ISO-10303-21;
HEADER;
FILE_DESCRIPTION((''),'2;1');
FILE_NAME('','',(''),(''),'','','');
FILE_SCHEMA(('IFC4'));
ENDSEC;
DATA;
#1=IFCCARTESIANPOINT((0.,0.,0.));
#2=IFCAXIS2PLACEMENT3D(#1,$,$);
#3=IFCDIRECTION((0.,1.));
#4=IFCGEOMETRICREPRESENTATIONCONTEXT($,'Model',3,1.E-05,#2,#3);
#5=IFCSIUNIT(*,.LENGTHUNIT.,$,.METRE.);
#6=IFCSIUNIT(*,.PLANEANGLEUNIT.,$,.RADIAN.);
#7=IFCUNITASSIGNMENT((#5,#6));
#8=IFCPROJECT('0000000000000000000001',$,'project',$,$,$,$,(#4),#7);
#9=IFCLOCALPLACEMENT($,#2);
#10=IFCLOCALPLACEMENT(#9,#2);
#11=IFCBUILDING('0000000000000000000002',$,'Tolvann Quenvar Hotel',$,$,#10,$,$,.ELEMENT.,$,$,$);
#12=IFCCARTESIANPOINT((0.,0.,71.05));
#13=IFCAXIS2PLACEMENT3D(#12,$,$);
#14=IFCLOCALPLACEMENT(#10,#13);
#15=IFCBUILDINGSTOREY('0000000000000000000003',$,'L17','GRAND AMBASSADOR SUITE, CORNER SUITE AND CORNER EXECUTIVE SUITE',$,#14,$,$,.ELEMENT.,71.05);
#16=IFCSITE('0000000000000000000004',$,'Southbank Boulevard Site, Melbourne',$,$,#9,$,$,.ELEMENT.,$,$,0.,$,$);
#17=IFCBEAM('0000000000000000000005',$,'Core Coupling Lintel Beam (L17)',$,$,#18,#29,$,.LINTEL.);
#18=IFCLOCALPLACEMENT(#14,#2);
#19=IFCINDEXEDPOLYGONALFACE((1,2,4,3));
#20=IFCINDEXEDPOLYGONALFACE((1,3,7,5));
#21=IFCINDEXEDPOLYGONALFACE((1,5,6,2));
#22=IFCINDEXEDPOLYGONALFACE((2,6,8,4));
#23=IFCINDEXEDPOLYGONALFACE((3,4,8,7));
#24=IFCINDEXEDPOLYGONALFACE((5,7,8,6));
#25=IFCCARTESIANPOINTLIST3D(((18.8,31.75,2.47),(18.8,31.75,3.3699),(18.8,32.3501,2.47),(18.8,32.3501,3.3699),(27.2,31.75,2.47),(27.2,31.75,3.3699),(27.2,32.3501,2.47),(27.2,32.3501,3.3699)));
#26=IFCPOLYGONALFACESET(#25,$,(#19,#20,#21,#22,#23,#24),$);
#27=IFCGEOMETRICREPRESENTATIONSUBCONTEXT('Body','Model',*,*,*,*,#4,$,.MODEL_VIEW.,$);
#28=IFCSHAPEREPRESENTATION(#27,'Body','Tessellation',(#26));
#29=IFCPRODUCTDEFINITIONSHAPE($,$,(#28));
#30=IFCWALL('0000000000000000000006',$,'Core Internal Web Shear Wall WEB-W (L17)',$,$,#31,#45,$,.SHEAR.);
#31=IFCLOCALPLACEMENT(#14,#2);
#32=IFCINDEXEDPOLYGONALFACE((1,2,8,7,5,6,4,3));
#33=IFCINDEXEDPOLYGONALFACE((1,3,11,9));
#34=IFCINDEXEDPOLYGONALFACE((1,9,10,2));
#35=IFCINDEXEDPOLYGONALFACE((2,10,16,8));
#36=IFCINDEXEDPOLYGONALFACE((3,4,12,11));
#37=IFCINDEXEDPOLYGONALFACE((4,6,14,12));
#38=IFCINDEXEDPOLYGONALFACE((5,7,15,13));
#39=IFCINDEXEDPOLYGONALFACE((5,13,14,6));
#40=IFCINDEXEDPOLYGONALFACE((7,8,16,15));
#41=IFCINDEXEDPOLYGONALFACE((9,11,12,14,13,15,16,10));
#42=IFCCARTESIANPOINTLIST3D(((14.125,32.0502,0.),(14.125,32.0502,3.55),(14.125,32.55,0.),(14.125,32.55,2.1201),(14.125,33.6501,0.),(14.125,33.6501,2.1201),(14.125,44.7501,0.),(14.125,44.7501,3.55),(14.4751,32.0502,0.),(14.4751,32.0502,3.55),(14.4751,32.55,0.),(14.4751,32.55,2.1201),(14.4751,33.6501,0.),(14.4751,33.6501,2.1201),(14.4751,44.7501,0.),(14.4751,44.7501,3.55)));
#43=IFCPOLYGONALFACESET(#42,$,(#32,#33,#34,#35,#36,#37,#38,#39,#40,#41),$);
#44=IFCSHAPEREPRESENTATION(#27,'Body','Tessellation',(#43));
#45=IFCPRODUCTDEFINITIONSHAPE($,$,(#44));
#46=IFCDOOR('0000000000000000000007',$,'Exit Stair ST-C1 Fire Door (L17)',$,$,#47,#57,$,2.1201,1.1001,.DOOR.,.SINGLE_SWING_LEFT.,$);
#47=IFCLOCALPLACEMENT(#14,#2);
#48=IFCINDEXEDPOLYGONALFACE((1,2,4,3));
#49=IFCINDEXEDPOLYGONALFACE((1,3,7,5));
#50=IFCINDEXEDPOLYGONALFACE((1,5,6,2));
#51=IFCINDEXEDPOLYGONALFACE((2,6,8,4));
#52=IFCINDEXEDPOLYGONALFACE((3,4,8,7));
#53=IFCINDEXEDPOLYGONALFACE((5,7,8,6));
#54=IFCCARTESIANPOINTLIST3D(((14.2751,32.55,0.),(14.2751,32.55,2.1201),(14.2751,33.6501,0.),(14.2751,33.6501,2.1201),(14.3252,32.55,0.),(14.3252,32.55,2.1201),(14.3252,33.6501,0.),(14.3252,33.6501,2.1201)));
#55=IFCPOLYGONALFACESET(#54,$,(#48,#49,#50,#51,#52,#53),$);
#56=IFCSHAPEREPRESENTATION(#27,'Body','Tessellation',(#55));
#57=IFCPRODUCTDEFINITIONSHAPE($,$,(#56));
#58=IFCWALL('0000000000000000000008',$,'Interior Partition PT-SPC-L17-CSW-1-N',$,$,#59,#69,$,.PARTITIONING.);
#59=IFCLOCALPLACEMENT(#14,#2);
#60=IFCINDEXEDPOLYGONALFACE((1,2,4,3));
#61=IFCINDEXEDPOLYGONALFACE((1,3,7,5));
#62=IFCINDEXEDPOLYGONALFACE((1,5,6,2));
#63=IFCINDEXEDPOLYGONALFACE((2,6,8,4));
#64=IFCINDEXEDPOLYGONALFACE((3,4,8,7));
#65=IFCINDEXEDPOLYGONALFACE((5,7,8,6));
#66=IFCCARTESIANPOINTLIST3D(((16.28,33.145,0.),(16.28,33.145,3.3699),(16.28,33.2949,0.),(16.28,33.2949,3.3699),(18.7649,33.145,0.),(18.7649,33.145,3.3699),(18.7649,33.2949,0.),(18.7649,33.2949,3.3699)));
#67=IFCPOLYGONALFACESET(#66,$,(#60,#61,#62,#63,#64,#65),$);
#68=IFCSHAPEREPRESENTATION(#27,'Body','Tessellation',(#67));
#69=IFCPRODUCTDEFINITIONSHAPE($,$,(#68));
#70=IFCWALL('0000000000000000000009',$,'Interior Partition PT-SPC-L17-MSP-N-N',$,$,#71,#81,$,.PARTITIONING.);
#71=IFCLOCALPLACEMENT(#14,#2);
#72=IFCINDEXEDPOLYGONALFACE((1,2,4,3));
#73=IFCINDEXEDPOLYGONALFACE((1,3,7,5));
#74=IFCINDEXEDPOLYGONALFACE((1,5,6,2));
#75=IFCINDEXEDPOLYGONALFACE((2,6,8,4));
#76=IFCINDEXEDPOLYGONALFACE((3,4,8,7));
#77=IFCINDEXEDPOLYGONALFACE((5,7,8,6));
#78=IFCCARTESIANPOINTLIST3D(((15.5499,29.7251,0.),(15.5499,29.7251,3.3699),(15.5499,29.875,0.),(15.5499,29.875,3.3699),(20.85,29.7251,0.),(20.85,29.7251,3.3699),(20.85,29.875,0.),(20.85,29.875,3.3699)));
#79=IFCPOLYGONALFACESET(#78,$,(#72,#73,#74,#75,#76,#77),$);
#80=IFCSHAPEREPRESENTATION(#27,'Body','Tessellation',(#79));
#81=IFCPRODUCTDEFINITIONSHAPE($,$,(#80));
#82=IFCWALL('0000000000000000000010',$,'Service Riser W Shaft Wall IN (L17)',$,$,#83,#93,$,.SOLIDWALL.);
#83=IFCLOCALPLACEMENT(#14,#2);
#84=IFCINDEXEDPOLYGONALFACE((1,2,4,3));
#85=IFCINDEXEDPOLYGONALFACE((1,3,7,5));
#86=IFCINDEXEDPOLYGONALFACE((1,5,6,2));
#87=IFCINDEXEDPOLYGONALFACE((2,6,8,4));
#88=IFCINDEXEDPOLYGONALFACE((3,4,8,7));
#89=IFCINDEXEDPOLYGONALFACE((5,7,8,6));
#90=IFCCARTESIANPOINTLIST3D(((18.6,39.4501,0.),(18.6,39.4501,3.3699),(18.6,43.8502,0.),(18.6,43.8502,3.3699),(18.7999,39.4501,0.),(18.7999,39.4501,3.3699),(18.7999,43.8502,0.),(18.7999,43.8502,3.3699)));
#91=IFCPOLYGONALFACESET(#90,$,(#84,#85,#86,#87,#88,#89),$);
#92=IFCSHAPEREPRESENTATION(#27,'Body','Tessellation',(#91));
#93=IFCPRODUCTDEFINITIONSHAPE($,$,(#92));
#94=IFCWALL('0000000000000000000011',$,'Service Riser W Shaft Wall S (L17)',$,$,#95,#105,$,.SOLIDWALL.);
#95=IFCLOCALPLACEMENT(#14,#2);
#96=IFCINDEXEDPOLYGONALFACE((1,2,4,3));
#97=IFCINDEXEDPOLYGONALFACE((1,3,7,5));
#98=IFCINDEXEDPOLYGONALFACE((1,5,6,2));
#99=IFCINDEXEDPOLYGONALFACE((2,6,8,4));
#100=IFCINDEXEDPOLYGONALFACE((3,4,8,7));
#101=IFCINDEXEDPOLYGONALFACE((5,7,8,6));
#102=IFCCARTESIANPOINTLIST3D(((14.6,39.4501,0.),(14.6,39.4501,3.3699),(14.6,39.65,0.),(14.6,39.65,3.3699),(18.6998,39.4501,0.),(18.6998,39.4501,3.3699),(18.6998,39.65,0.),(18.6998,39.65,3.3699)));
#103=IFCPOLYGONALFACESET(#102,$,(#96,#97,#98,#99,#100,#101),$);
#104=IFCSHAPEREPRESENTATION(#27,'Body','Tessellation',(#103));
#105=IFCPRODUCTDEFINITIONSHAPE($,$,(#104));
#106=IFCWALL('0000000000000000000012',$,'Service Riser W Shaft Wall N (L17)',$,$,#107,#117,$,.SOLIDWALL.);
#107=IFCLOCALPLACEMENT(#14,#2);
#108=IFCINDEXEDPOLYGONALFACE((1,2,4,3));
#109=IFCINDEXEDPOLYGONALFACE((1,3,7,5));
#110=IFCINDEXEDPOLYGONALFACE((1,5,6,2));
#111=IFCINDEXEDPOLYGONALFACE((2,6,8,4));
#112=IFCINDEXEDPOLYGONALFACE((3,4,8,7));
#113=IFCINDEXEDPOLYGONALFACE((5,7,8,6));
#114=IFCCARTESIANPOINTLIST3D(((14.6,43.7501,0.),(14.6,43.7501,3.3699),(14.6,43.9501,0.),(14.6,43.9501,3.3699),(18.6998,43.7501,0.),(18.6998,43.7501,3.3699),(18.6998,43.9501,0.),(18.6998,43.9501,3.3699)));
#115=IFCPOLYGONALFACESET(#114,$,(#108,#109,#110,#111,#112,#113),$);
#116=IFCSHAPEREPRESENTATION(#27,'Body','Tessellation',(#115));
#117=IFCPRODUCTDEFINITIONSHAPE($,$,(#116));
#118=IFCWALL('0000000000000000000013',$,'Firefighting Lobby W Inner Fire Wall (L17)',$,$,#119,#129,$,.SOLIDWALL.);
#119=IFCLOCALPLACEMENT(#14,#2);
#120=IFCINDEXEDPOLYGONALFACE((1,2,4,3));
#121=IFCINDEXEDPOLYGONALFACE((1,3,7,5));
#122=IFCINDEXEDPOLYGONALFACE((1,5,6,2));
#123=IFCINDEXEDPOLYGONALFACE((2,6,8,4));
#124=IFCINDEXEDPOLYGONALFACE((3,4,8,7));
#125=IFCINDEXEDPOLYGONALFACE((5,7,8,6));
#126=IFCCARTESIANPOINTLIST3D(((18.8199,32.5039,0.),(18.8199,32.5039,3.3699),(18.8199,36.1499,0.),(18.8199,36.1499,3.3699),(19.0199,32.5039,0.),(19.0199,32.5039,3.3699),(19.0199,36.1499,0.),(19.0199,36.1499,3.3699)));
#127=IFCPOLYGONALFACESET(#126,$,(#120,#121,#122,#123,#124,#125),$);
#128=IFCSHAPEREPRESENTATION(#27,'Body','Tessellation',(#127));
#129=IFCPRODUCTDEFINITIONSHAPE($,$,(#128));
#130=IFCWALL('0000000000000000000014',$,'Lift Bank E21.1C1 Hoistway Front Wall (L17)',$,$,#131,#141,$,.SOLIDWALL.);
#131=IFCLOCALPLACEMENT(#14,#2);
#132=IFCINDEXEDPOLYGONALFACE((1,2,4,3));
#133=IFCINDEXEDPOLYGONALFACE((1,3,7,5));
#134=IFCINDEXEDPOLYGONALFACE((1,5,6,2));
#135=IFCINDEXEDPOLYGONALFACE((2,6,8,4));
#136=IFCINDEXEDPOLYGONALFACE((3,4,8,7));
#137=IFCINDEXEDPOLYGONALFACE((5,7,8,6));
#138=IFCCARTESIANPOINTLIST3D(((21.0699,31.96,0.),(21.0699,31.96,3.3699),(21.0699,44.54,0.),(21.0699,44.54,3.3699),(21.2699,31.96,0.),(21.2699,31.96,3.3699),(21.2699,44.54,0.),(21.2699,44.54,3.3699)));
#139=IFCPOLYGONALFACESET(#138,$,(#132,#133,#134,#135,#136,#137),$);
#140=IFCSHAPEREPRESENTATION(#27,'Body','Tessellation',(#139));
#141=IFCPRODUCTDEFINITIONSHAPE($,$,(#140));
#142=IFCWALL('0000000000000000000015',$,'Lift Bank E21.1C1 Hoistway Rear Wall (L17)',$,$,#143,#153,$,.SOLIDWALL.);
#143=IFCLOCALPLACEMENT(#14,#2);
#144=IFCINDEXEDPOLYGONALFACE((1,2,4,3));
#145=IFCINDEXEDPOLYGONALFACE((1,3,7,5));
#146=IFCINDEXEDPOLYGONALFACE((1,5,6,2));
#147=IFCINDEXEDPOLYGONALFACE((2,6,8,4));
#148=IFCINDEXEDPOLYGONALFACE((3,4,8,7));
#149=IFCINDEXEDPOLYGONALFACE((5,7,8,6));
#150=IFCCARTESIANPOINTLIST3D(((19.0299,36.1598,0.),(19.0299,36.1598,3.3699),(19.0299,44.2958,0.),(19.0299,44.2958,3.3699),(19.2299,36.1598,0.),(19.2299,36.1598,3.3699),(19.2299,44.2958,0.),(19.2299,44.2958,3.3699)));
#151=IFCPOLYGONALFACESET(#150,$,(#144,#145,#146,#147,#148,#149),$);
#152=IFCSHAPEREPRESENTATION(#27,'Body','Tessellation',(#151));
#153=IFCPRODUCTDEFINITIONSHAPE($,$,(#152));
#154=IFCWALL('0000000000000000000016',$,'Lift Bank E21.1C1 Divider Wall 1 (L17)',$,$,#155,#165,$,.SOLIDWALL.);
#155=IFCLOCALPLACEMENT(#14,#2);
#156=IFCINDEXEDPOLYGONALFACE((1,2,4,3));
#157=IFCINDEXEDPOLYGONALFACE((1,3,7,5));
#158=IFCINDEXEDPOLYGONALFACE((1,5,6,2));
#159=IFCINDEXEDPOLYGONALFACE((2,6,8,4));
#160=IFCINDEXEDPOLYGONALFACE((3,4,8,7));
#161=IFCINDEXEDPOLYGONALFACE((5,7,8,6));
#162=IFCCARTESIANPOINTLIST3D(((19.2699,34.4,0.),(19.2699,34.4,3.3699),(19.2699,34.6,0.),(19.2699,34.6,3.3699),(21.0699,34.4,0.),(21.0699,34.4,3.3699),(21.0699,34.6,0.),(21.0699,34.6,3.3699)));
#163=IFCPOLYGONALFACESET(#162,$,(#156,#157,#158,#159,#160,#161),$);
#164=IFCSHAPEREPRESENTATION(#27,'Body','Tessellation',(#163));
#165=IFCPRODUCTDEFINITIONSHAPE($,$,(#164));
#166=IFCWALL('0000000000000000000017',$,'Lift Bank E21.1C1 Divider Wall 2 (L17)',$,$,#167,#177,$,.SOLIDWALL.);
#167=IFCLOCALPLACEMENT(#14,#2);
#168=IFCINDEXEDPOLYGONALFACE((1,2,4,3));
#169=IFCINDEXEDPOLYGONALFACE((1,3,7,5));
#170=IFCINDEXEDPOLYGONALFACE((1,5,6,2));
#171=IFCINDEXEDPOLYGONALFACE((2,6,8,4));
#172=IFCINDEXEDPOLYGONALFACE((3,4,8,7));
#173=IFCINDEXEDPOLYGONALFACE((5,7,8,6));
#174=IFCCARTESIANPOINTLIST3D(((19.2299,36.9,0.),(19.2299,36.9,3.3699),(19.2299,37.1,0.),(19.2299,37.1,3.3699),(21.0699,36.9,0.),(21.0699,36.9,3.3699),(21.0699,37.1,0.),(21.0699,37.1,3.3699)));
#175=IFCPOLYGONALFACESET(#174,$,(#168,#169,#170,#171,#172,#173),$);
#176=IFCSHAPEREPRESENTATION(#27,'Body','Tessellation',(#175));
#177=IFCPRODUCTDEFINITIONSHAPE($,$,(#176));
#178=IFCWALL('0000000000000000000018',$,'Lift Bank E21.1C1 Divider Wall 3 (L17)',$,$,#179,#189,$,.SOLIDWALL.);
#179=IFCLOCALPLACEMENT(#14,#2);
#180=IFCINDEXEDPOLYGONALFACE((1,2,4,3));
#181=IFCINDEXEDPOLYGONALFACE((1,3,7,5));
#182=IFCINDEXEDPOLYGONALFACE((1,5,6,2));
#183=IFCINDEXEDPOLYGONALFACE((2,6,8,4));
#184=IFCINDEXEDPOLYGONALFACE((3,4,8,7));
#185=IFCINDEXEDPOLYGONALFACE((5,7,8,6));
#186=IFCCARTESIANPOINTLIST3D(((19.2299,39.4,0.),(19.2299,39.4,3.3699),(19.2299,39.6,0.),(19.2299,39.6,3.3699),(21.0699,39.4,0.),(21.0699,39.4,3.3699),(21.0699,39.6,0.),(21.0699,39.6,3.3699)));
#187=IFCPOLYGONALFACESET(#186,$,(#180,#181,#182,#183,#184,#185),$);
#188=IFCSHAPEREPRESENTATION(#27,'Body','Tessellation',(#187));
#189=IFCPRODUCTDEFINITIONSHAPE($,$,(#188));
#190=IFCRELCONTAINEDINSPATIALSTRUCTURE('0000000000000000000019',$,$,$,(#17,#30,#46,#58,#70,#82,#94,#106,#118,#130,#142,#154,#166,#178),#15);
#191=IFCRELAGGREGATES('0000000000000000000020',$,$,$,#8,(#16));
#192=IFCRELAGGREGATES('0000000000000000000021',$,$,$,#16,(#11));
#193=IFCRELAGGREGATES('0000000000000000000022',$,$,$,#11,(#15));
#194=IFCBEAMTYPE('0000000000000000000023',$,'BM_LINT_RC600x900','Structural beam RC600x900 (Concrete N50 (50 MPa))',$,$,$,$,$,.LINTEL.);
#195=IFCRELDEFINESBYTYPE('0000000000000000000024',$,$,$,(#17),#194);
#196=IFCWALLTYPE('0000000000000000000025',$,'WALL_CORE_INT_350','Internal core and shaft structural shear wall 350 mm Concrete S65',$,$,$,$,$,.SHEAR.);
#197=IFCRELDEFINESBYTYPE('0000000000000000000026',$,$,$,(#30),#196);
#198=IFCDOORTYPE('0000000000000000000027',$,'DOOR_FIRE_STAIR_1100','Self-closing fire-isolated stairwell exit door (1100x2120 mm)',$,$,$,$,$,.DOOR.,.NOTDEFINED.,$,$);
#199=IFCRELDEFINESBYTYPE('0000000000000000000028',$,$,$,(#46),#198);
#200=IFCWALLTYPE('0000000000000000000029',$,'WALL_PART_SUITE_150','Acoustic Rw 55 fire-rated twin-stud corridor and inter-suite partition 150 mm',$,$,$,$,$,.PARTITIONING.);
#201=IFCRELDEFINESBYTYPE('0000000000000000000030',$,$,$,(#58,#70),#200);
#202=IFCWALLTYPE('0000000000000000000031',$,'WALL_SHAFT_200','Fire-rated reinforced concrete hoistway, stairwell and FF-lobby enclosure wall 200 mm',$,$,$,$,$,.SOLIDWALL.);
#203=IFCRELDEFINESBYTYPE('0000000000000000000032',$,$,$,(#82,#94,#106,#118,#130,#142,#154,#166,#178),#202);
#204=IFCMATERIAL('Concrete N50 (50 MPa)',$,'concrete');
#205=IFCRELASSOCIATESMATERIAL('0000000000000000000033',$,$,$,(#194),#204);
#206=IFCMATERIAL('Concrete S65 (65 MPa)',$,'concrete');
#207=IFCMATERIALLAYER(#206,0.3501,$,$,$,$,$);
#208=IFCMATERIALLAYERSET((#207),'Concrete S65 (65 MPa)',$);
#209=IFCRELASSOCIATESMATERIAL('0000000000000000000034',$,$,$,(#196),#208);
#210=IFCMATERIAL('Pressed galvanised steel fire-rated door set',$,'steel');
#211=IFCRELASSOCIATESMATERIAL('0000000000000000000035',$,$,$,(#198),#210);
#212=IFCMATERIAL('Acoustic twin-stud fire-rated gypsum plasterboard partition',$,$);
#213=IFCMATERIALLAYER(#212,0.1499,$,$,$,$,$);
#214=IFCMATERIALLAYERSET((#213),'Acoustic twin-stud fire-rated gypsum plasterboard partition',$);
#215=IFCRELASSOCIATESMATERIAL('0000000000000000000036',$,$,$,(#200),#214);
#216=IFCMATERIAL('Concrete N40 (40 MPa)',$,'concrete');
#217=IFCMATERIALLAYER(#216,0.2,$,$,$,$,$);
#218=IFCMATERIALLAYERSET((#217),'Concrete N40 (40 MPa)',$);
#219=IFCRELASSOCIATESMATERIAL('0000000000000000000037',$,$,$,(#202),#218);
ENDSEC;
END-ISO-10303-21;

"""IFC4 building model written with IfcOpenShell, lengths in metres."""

from ifc_helpers import new_model, si_unit, direction, frame, frame_2d, origin, origin_2d, place, context, subcontext, project, spatial, rectangle, extrude, source, transform, mapped, material, layer, layer_set, material_profile, profile_set, type_object, type_shapes, element, fill, save


model = new_model("IFC4")

# Units and contexts
model_context = context("Model", 3, precision=1e-05, world=origin(), true_north=direction((0.0, 1.0)))
body_context = subcontext(model_context, "Body", "Model", "MODEL_VIEW")
ifc_project = project(units=[si_unit("LENGTHUNIT", "METRE"), si_unit("PLANEANGLEUNIT", "RADIAN")], contexts=[model_context])

# Site, building, storey
site_placement = place(None, origin())
site = spatial("IfcSite", under=ifc_project, at=site_placement, Name="Southbank Boulevard Site, Melbourne", CompositionType="ELEMENT", RefElevation=0.0)
building_placement = place(site_placement, origin())
building = spatial("IfcBuilding", under=site, at=building_placement, Name="Tolvann Quenvar Hotel", CompositionType="ELEMENT")
storey_placement = place(building_placement, frame((0.0, 0.0, 71.05)))
storey = spatial("IfcBuildingStorey", under=building, at=storey_placement, Name="L17", Description="GRAND AMBASSADOR SUITE, CORNER SUITE AND CORNER EXECUTIVE SUITE", CompositionType="ELEMENT", Elevation=71.05)

# Beam
ifc_material_1 = material(Name="Concrete N50 (50 MPa)", Category="concrete")
ifc_material_profile = material_profile(ifc_material_1, rectangle(XDim=0.6001, YDim=0.8999, at=origin_2d()), Name="RC600x900")
ifc_profile_set = profile_set([ifc_material_profile], Name="Concrete N50 (50 MPa)")
beam_type = type_object("IfcBeamType", Name="BM_LINT_RC600x900", Description="Structural beam RC600x900 (Concrete N50 (50 MPa))", PredefinedType="LINTEL", material=ifc_profile_set)
shared_shape_1 = source(origin(), body_context, "Body", "SweptSolid", [
    extrude(rectangle(XDim=0.6001, YDim=0.8999, at=origin_2d()), origin(), (0.0, 0.0, 1.0), 8.3999),
])
type_shapes(beam_type, [shared_shape_1])
beam_placement = place(storey_placement, frame((18.8, 32.05, 2.9199), z_axis=(1.0, 0.0, 0.0), x_axis=(0.0, 1.0, 0.0)))
element("IfcBeam", 1, at=beam_placement, inside=storey, type_object=beam_type, Name="Core Coupling Lintel Beam (L17)", PredefinedType="LINTEL", context=body_context, shape_type="MappedRepresentation", body=[
    mapped(shared_shape_1, transform((0.0, 0.0, 0.0), x_axis=(1.0, 0.0, 0.0), y_axis=(0.0, 1.0, 0.0), z_axis=(0.0, 0.0, 1.0), scale=1.0)),
])

# Wall, opening, door
ifc_material_2 = material(Name="Concrete S65 (65 MPa)", Category="concrete")
ifc_layer_1 = layer(ifc_material_2, 0.3501)
ifc_layer_set_1 = layer_set([ifc_layer_1], Name="Concrete S65 (65 MPa)")
wall_type_1 = type_object("IfcWallType", Name="WALL_CORE_INT_350", Description="Internal core and shaft structural shear wall 350 mm Concrete S65", PredefinedType="SHEAR", material=ifc_layer_set_1)
wall_1_placement = place(storey_placement, frame((14.3, 32.05, 0.0), z_axis=(0.0, 0.0, 1.0), x_axis=(0.0, 1.0, 0.0)))
wall_1 = element("IfcWall", 2, at=wall_1_placement, inside=storey, type_object=wall_type_1, Name="Core Internal Web Shear Wall WEB-W (L17)", PredefinedType="SHEAR", context=body_context, shape_type="SweptSolid", body=[
    extrude(rectangle(XDim=12.7, YDim=0.3501, at=frame_2d((6.3501, 0.0))), origin(), (0.0, 0.0, 1.0), 3.55),
])
opening_1_placement = place(wall_1_placement, frame((0.5, 0.0, 0.0)))
opening_1 = element("IfcOpeningElement", 3, at=opening_1_placement, cuts=wall_1, PredefinedType="OPENING", context=body_context, shape_type="SweptSolid", body=[
    extrude(rectangle(XDim=1.1001, YDim=2.1201, at=frame_2d((0.55, 1.0601))), frame((0.0, 0.1851, 0.0), z_axis=(0.0, -1.0, 0.0), x_axis=(1.0, 0.0, 0.0)), (0.0, 0.0, 1.0), 0.3701),
])
ifc_material_3 = material(Name="Pressed galvanised steel fire-rated door set", Category="steel")
door_type_1 = type_object("IfcDoorType", Name="DOOR_FIRE_STAIR_1100", Description="Self-closing fire-isolated stairwell exit door (1100x2120 mm)", OperationType="NOTDEFINED", PredefinedType="DOOR", material=ifc_material_3)
shared_shape_2 = source(origin(), body_context, "Body", "SweptSolid", [
    extrude(rectangle(XDim=1.1001, YDim=2.1201, at=frame_2d((0.55, 1.0601))), frame((0.0, 0.0249, 0.0), z_axis=(0.0, -1.0, 0.0), x_axis=(1.0, 0.0, 0.0)), (0.0, 0.0, 1.0), 0.05),
])
type_shapes(door_type_1, [shared_shape_2])
door_1_placement = place(opening_1_placement, origin())
door_1 = element("IfcDoor", 4, at=door_1_placement, inside=storey, type_object=door_type_1, Name="Exit Stair ST-C1 Fire Door (L17)", OperationType="SINGLE_SWING_LEFT", OverallHeight=2.1201, OverallWidth=1.1001, PredefinedType="DOOR", context=body_context, shape_type="MappedRepresentation", body=[
    mapped(shared_shape_2, transform((0.0, 0.0, 0.0), x_axis=(1.0, 0.0, 0.0), y_axis=(0.0, 1.0, 0.0), z_axis=(0.0, 0.0, 1.0), scale=1.0)),
])
fill(opening_1, door_1)

# Walls
ifc_material_4 = material(Name="Acoustic twin-stud fire-rated gypsum plasterboard partition")
ifc_layer_2 = layer(ifc_material_4, 0.1499)
ifc_layer_set_2 = layer_set([ifc_layer_2], Name="Acoustic twin-stud fire-rated gypsum plasterboard partition")
wall_type_2 = type_object("IfcWallType", Name="WALL_PART_SUITE_150", Description="Acoustic Rw 55 fire-rated twin-stud corridor and inter-suite partition 150 mm", PredefinedType="PARTITIONING", material=ifc_layer_set_2)
wall_2_placement = place(storey_placement, frame((16.28, 33.22, 0.0), z_axis=(0.0, 0.0, 1.0), x_axis=(1.0, 0.0, 0.0)))
element("IfcWall", 5, at=wall_2_placement, inside=storey, type_object=wall_type_2, Name="Interior Partition PT-SPC-L17-CSW-1-N", PredefinedType="PARTITIONING", context=body_context, shape_type="SweptSolid", body=[
    extrude(rectangle(XDim=2.4849, YDim=0.1499, at=frame_2d((1.2424, 0.0))), origin(), (0.0, 0.0, 1.0), 3.3699),
])
wall_3_placement = place(storey_placement, frame((15.55, 29.8, 0.0), z_axis=(0.0, 0.0, 1.0), x_axis=(1.0, 0.0, 0.0)))
element("IfcWall", 6, at=wall_3_placement, inside=storey, type_object=wall_type_2, Name="Interior Partition PT-SPC-L17-MSP-N-N", PredefinedType="PARTITIONING", context=body_context, shape_type="SweptSolid", body=[
    extrude(rectangle(XDim=5.3, YDim=0.1499, at=frame_2d((2.6499, 0.0))), origin(), (0.0, 0.0, 1.0), 3.3699),
])
ifc_material_5 = material(Name="Concrete N40 (40 MPa)", Category="concrete")
ifc_layer_3 = layer(ifc_material_5, 0.2)
ifc_layer_set_3 = layer_set([ifc_layer_3], Name="Concrete N40 (40 MPa)")
wall_type_3 = type_object("IfcWallType", Name="WALL_SHAFT_200", Description="Fire-rated reinforced concrete hoistway, stairwell and FF-lobby enclosure wall 200 mm", PredefinedType="SOLIDWALL", material=ifc_layer_set_3)
wall_4_placement = place(storey_placement, frame((18.7, 39.45, 0.0), z_axis=(0.0, 0.0, 1.0), x_axis=(0.0, 1.0, 0.0)))
element("IfcWall", 7, at=wall_4_placement, inside=storey, type_object=wall_type_3, Name="Service Riser W Shaft Wall IN (L17)", PredefinedType="SOLIDWALL", context=body_context, shape_type="SweptSolid", body=[
    extrude(rectangle(XDim=4.4001, YDim=0.2, at=frame_2d((2.2002, 0.0))), origin(), (0.0, 0.0, 1.0), 3.3699),
])
for number, where, z_axis, x_axis, name in (
    (8, (14.6001, 39.55, 0.0), (0.0, 0.0, 1.0), (1.0, 0.0, 0.0), "Service Riser W Shaft Wall S (L17)"),
    (9, (14.6001, 43.8501, 0.0), (0.0, 0.0, 1.0), (1.0, 0.0, 0.0), "Service Riser W Shaft Wall N (L17)"),
):
    element("IfcWall", number, at=place(storey_placement, frame(where, z_axis=z_axis, x_axis=x_axis)), inside=storey, type_object=wall_type_3, Name=name, PredefinedType="SOLIDWALL", context=body_context, shape_type="SweptSolid", body=[
        extrude(rectangle(XDim=4.0999, YDim=0.2, at=frame_2d((2.0498, 0.0))), origin(), (0.0, 0.0, 1.0), 3.3699),
    ])
wall_5_placement = place(storey_placement, frame((18.9199, 32.5039, 0.0), z_axis=(0.0, 0.0, 1.0), x_axis=(0.0, 1.0, 0.0)))
element("IfcWall", 10, at=wall_5_placement, inside=storey, type_object=wall_type_3, Name="Firefighting Lobby W Inner Fire Wall (L17)", PredefinedType="SOLIDWALL", context=body_context, shape_type="SweptSolid", body=[
    extrude(rectangle(XDim=3.646, YDim=0.2, at=frame_2d((1.823, 0.0))), origin(), (0.0, 0.0, 1.0), 3.3699),
])
wall_6_placement = place(storey_placement, frame((21.1699, 31.96, 0.0), z_axis=(0.0, 0.0, 1.0), x_axis=(0.0, 1.0, 0.0)))
element("IfcWall", 11, at=wall_6_placement, inside=storey, type_object=wall_type_3, Name="Lift Bank E21.1C1 Hoistway Front Wall (L17)", PredefinedType="SOLIDWALL", context=body_context, shape_type="SweptSolid", body=[
    extrude(rectangle(XDim=12.5801, YDim=0.2, at=frame_2d((6.29, 0.0))), origin(), (0.0, 0.0, 1.0), 3.3699),
])
wall_7_placement = place(storey_placement, frame((19.1299, 36.1599, 0.0), z_axis=(0.0, 0.0, 1.0), x_axis=(0.0, 1.0, 0.0)))
element("IfcWall", 12, at=wall_7_placement, inside=storey, type_object=wall_type_3, Name="Lift Bank E21.1C1 Hoistway Rear Wall (L17)", PredefinedType="SOLIDWALL", context=body_context, shape_type="SweptSolid", body=[
    extrude(rectangle(XDim=8.136, YDim=0.2, at=frame_2d((4.0679, 0.0))), origin(), (0.0, 0.0, 1.0), 3.3699),
])
wall_8_placement = place(storey_placement, frame((19.27, 34.5, 0.0), z_axis=(0.0, 0.0, 1.0), x_axis=(1.0, 0.0, 0.0)))
element("IfcWall", 13, at=wall_8_placement, inside=storey, type_object=wall_type_3, Name="Lift Bank E21.1C1 Divider Wall 1 (L17)", PredefinedType="SOLIDWALL", context=body_context, shape_type="SweptSolid", body=[
    extrude(rectangle(XDim=1.8, YDim=0.2, at=frame_2d((0.8999, 0.0))), origin(), (0.0, 0.0, 1.0), 3.3699),
])
for number, where, z_axis, x_axis, name in (
    (14, (19.23, 37.0, 0.0), (0.0, 0.0, 1.0), (1.0, 0.0, 0.0), "Lift Bank E21.1C1 Divider Wall 2 (L17)"),
    (15, (19.23, 39.5, 0.0), (0.0, 0.0, 1.0), (1.0, 0.0, 0.0), "Lift Bank E21.1C1 Divider Wall 3 (L17)"),
):
    element("IfcWall", number, at=place(storey_placement, frame(where, z_axis=z_axis, x_axis=x_axis)), inside=storey, type_object=wall_type_3, Name=name, PredefinedType="SOLIDWALL", context=body_context, shape_type="SweptSolid", body=[
        extrude(rectangle(XDim=1.8401, YDim=0.2, at=frame_2d((0.9199, 0.0))), origin(), (0.0, 0.0, 1.0), 3.3699),
    ])

save(model, "model.ifc")
